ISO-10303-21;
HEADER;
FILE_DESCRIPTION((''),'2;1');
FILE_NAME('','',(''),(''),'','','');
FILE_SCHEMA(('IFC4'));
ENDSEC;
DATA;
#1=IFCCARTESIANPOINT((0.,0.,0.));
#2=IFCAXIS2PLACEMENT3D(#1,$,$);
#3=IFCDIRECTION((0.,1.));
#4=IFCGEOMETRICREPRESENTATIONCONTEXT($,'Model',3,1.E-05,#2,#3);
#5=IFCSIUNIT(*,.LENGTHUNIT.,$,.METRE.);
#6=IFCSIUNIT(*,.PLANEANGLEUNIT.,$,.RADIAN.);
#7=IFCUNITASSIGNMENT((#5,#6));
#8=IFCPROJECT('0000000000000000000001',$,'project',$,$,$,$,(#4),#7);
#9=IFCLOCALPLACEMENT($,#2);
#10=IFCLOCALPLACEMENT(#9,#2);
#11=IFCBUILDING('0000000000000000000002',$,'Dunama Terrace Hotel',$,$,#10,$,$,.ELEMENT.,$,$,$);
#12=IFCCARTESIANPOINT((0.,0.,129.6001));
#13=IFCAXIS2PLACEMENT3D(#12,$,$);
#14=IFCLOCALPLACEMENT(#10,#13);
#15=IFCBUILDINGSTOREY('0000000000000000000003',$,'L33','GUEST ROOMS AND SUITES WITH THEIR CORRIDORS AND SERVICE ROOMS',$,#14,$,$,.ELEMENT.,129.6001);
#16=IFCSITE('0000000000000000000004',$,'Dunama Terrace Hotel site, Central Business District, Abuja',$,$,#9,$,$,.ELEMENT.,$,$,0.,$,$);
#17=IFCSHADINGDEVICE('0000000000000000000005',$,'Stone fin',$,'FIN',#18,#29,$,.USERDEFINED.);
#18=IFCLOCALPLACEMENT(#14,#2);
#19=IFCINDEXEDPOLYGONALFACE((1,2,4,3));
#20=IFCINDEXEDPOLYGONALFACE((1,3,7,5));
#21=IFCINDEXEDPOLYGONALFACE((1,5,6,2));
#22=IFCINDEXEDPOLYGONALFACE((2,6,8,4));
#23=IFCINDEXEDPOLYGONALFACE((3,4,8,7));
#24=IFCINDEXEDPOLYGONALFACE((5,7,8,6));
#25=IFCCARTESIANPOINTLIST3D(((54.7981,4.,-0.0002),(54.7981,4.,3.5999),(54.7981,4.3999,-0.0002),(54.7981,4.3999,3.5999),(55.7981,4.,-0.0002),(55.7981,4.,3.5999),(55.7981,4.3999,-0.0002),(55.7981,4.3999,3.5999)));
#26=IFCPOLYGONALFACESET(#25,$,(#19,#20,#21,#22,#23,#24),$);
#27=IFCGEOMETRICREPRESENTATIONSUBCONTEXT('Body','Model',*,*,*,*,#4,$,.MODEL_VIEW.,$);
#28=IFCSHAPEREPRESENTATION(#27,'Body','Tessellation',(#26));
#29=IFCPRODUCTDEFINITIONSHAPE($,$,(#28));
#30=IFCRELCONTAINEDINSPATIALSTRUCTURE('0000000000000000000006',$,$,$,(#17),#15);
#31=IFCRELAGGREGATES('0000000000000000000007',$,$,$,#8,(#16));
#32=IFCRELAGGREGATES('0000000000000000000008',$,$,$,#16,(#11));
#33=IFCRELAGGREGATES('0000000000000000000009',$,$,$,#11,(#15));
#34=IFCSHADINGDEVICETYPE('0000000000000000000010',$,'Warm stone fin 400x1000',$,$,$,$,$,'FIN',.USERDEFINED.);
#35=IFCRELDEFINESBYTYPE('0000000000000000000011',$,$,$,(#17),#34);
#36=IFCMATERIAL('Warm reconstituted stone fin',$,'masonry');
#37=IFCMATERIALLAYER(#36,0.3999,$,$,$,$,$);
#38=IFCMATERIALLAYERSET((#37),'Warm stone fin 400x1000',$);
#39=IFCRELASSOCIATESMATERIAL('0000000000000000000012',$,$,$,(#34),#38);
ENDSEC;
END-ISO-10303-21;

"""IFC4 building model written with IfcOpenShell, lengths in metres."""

from ifc_helpers import new_model, si_unit, direction, frame, origin, origin_2d, place, context, subcontext, project, spatial, rectangle, extrude, material, layer, layer_set, type_object, element, save


model = new_model("IFC4")

# Units and contexts
model_context = context("Model", 3, precision=1e-05, world=origin(), true_north=direction((0.0, 1.0)))
body_context = subcontext(model_context, "Body", "Model", "MODEL_VIEW")
ifc_project = project(units=[si_unit("LENGTHUNIT", "METRE"), si_unit("PLANEANGLEUNIT", "RADIAN")], contexts=[model_context])

# Site, building, storey
site_placement = place(None, origin())
site = spatial("IfcSite", under=ifc_project, at=site_placement, Name="Dunama Terrace Hotel site, Central Business District, Abuja", CompositionType="ELEMENT", RefElevation=0.0)
building_placement = place(site_placement, origin())
building = spatial("IfcBuilding", under=site, at=building_placement, Name="Dunama Terrace Hotel", CompositionType="ELEMENT")
storey_placement = place(building_placement, frame((0.0, 0.0, 129.6001)))
storey = spatial("IfcBuildingStorey", under=building, at=storey_placement, Name="L33", Description="GUEST ROOMS AND SUITES WITH THEIR CORRIDORS AND SERVICE ROOMS", CompositionType="ELEMENT", Elevation=129.6001)

# Shading device
ifc_material_1 = material(Name="Warm reconstituted stone fin", Category="masonry")
ifc_layer_1 = layer(ifc_material_1, 0.3999)
ifc_layer_set_1 = layer_set([ifc_layer_1], Name="Warm stone fin 400x1000")
shading_device_type = type_object("IfcShadingDeviceType", Name="Warm stone fin 400x1000", ElementType="FIN", PredefinedType="USERDEFINED", material=ifc_layer_set_1)
shading_device_placement = place(storey_placement, frame((55.2981, 4.2, -0.0002), z_axis=(0.0, 0.0, 1.0), x_axis=(0.0, 1.0, 0.0)))
element("IfcShadingDevice", 1, at=shading_device_placement, inside=storey, type_object=shading_device_type, Name="Stone fin", ObjectType="FIN", PredefinedType="USERDEFINED", context=body_context, shape_type="SweptSolid", body=[
    extrude(rectangle(XDim=0.3999, YDim=1.0, at=origin_2d()), origin(), (0.0, 0.0, 1.0), 3.6001),
])

save(model, "model.ifc")
